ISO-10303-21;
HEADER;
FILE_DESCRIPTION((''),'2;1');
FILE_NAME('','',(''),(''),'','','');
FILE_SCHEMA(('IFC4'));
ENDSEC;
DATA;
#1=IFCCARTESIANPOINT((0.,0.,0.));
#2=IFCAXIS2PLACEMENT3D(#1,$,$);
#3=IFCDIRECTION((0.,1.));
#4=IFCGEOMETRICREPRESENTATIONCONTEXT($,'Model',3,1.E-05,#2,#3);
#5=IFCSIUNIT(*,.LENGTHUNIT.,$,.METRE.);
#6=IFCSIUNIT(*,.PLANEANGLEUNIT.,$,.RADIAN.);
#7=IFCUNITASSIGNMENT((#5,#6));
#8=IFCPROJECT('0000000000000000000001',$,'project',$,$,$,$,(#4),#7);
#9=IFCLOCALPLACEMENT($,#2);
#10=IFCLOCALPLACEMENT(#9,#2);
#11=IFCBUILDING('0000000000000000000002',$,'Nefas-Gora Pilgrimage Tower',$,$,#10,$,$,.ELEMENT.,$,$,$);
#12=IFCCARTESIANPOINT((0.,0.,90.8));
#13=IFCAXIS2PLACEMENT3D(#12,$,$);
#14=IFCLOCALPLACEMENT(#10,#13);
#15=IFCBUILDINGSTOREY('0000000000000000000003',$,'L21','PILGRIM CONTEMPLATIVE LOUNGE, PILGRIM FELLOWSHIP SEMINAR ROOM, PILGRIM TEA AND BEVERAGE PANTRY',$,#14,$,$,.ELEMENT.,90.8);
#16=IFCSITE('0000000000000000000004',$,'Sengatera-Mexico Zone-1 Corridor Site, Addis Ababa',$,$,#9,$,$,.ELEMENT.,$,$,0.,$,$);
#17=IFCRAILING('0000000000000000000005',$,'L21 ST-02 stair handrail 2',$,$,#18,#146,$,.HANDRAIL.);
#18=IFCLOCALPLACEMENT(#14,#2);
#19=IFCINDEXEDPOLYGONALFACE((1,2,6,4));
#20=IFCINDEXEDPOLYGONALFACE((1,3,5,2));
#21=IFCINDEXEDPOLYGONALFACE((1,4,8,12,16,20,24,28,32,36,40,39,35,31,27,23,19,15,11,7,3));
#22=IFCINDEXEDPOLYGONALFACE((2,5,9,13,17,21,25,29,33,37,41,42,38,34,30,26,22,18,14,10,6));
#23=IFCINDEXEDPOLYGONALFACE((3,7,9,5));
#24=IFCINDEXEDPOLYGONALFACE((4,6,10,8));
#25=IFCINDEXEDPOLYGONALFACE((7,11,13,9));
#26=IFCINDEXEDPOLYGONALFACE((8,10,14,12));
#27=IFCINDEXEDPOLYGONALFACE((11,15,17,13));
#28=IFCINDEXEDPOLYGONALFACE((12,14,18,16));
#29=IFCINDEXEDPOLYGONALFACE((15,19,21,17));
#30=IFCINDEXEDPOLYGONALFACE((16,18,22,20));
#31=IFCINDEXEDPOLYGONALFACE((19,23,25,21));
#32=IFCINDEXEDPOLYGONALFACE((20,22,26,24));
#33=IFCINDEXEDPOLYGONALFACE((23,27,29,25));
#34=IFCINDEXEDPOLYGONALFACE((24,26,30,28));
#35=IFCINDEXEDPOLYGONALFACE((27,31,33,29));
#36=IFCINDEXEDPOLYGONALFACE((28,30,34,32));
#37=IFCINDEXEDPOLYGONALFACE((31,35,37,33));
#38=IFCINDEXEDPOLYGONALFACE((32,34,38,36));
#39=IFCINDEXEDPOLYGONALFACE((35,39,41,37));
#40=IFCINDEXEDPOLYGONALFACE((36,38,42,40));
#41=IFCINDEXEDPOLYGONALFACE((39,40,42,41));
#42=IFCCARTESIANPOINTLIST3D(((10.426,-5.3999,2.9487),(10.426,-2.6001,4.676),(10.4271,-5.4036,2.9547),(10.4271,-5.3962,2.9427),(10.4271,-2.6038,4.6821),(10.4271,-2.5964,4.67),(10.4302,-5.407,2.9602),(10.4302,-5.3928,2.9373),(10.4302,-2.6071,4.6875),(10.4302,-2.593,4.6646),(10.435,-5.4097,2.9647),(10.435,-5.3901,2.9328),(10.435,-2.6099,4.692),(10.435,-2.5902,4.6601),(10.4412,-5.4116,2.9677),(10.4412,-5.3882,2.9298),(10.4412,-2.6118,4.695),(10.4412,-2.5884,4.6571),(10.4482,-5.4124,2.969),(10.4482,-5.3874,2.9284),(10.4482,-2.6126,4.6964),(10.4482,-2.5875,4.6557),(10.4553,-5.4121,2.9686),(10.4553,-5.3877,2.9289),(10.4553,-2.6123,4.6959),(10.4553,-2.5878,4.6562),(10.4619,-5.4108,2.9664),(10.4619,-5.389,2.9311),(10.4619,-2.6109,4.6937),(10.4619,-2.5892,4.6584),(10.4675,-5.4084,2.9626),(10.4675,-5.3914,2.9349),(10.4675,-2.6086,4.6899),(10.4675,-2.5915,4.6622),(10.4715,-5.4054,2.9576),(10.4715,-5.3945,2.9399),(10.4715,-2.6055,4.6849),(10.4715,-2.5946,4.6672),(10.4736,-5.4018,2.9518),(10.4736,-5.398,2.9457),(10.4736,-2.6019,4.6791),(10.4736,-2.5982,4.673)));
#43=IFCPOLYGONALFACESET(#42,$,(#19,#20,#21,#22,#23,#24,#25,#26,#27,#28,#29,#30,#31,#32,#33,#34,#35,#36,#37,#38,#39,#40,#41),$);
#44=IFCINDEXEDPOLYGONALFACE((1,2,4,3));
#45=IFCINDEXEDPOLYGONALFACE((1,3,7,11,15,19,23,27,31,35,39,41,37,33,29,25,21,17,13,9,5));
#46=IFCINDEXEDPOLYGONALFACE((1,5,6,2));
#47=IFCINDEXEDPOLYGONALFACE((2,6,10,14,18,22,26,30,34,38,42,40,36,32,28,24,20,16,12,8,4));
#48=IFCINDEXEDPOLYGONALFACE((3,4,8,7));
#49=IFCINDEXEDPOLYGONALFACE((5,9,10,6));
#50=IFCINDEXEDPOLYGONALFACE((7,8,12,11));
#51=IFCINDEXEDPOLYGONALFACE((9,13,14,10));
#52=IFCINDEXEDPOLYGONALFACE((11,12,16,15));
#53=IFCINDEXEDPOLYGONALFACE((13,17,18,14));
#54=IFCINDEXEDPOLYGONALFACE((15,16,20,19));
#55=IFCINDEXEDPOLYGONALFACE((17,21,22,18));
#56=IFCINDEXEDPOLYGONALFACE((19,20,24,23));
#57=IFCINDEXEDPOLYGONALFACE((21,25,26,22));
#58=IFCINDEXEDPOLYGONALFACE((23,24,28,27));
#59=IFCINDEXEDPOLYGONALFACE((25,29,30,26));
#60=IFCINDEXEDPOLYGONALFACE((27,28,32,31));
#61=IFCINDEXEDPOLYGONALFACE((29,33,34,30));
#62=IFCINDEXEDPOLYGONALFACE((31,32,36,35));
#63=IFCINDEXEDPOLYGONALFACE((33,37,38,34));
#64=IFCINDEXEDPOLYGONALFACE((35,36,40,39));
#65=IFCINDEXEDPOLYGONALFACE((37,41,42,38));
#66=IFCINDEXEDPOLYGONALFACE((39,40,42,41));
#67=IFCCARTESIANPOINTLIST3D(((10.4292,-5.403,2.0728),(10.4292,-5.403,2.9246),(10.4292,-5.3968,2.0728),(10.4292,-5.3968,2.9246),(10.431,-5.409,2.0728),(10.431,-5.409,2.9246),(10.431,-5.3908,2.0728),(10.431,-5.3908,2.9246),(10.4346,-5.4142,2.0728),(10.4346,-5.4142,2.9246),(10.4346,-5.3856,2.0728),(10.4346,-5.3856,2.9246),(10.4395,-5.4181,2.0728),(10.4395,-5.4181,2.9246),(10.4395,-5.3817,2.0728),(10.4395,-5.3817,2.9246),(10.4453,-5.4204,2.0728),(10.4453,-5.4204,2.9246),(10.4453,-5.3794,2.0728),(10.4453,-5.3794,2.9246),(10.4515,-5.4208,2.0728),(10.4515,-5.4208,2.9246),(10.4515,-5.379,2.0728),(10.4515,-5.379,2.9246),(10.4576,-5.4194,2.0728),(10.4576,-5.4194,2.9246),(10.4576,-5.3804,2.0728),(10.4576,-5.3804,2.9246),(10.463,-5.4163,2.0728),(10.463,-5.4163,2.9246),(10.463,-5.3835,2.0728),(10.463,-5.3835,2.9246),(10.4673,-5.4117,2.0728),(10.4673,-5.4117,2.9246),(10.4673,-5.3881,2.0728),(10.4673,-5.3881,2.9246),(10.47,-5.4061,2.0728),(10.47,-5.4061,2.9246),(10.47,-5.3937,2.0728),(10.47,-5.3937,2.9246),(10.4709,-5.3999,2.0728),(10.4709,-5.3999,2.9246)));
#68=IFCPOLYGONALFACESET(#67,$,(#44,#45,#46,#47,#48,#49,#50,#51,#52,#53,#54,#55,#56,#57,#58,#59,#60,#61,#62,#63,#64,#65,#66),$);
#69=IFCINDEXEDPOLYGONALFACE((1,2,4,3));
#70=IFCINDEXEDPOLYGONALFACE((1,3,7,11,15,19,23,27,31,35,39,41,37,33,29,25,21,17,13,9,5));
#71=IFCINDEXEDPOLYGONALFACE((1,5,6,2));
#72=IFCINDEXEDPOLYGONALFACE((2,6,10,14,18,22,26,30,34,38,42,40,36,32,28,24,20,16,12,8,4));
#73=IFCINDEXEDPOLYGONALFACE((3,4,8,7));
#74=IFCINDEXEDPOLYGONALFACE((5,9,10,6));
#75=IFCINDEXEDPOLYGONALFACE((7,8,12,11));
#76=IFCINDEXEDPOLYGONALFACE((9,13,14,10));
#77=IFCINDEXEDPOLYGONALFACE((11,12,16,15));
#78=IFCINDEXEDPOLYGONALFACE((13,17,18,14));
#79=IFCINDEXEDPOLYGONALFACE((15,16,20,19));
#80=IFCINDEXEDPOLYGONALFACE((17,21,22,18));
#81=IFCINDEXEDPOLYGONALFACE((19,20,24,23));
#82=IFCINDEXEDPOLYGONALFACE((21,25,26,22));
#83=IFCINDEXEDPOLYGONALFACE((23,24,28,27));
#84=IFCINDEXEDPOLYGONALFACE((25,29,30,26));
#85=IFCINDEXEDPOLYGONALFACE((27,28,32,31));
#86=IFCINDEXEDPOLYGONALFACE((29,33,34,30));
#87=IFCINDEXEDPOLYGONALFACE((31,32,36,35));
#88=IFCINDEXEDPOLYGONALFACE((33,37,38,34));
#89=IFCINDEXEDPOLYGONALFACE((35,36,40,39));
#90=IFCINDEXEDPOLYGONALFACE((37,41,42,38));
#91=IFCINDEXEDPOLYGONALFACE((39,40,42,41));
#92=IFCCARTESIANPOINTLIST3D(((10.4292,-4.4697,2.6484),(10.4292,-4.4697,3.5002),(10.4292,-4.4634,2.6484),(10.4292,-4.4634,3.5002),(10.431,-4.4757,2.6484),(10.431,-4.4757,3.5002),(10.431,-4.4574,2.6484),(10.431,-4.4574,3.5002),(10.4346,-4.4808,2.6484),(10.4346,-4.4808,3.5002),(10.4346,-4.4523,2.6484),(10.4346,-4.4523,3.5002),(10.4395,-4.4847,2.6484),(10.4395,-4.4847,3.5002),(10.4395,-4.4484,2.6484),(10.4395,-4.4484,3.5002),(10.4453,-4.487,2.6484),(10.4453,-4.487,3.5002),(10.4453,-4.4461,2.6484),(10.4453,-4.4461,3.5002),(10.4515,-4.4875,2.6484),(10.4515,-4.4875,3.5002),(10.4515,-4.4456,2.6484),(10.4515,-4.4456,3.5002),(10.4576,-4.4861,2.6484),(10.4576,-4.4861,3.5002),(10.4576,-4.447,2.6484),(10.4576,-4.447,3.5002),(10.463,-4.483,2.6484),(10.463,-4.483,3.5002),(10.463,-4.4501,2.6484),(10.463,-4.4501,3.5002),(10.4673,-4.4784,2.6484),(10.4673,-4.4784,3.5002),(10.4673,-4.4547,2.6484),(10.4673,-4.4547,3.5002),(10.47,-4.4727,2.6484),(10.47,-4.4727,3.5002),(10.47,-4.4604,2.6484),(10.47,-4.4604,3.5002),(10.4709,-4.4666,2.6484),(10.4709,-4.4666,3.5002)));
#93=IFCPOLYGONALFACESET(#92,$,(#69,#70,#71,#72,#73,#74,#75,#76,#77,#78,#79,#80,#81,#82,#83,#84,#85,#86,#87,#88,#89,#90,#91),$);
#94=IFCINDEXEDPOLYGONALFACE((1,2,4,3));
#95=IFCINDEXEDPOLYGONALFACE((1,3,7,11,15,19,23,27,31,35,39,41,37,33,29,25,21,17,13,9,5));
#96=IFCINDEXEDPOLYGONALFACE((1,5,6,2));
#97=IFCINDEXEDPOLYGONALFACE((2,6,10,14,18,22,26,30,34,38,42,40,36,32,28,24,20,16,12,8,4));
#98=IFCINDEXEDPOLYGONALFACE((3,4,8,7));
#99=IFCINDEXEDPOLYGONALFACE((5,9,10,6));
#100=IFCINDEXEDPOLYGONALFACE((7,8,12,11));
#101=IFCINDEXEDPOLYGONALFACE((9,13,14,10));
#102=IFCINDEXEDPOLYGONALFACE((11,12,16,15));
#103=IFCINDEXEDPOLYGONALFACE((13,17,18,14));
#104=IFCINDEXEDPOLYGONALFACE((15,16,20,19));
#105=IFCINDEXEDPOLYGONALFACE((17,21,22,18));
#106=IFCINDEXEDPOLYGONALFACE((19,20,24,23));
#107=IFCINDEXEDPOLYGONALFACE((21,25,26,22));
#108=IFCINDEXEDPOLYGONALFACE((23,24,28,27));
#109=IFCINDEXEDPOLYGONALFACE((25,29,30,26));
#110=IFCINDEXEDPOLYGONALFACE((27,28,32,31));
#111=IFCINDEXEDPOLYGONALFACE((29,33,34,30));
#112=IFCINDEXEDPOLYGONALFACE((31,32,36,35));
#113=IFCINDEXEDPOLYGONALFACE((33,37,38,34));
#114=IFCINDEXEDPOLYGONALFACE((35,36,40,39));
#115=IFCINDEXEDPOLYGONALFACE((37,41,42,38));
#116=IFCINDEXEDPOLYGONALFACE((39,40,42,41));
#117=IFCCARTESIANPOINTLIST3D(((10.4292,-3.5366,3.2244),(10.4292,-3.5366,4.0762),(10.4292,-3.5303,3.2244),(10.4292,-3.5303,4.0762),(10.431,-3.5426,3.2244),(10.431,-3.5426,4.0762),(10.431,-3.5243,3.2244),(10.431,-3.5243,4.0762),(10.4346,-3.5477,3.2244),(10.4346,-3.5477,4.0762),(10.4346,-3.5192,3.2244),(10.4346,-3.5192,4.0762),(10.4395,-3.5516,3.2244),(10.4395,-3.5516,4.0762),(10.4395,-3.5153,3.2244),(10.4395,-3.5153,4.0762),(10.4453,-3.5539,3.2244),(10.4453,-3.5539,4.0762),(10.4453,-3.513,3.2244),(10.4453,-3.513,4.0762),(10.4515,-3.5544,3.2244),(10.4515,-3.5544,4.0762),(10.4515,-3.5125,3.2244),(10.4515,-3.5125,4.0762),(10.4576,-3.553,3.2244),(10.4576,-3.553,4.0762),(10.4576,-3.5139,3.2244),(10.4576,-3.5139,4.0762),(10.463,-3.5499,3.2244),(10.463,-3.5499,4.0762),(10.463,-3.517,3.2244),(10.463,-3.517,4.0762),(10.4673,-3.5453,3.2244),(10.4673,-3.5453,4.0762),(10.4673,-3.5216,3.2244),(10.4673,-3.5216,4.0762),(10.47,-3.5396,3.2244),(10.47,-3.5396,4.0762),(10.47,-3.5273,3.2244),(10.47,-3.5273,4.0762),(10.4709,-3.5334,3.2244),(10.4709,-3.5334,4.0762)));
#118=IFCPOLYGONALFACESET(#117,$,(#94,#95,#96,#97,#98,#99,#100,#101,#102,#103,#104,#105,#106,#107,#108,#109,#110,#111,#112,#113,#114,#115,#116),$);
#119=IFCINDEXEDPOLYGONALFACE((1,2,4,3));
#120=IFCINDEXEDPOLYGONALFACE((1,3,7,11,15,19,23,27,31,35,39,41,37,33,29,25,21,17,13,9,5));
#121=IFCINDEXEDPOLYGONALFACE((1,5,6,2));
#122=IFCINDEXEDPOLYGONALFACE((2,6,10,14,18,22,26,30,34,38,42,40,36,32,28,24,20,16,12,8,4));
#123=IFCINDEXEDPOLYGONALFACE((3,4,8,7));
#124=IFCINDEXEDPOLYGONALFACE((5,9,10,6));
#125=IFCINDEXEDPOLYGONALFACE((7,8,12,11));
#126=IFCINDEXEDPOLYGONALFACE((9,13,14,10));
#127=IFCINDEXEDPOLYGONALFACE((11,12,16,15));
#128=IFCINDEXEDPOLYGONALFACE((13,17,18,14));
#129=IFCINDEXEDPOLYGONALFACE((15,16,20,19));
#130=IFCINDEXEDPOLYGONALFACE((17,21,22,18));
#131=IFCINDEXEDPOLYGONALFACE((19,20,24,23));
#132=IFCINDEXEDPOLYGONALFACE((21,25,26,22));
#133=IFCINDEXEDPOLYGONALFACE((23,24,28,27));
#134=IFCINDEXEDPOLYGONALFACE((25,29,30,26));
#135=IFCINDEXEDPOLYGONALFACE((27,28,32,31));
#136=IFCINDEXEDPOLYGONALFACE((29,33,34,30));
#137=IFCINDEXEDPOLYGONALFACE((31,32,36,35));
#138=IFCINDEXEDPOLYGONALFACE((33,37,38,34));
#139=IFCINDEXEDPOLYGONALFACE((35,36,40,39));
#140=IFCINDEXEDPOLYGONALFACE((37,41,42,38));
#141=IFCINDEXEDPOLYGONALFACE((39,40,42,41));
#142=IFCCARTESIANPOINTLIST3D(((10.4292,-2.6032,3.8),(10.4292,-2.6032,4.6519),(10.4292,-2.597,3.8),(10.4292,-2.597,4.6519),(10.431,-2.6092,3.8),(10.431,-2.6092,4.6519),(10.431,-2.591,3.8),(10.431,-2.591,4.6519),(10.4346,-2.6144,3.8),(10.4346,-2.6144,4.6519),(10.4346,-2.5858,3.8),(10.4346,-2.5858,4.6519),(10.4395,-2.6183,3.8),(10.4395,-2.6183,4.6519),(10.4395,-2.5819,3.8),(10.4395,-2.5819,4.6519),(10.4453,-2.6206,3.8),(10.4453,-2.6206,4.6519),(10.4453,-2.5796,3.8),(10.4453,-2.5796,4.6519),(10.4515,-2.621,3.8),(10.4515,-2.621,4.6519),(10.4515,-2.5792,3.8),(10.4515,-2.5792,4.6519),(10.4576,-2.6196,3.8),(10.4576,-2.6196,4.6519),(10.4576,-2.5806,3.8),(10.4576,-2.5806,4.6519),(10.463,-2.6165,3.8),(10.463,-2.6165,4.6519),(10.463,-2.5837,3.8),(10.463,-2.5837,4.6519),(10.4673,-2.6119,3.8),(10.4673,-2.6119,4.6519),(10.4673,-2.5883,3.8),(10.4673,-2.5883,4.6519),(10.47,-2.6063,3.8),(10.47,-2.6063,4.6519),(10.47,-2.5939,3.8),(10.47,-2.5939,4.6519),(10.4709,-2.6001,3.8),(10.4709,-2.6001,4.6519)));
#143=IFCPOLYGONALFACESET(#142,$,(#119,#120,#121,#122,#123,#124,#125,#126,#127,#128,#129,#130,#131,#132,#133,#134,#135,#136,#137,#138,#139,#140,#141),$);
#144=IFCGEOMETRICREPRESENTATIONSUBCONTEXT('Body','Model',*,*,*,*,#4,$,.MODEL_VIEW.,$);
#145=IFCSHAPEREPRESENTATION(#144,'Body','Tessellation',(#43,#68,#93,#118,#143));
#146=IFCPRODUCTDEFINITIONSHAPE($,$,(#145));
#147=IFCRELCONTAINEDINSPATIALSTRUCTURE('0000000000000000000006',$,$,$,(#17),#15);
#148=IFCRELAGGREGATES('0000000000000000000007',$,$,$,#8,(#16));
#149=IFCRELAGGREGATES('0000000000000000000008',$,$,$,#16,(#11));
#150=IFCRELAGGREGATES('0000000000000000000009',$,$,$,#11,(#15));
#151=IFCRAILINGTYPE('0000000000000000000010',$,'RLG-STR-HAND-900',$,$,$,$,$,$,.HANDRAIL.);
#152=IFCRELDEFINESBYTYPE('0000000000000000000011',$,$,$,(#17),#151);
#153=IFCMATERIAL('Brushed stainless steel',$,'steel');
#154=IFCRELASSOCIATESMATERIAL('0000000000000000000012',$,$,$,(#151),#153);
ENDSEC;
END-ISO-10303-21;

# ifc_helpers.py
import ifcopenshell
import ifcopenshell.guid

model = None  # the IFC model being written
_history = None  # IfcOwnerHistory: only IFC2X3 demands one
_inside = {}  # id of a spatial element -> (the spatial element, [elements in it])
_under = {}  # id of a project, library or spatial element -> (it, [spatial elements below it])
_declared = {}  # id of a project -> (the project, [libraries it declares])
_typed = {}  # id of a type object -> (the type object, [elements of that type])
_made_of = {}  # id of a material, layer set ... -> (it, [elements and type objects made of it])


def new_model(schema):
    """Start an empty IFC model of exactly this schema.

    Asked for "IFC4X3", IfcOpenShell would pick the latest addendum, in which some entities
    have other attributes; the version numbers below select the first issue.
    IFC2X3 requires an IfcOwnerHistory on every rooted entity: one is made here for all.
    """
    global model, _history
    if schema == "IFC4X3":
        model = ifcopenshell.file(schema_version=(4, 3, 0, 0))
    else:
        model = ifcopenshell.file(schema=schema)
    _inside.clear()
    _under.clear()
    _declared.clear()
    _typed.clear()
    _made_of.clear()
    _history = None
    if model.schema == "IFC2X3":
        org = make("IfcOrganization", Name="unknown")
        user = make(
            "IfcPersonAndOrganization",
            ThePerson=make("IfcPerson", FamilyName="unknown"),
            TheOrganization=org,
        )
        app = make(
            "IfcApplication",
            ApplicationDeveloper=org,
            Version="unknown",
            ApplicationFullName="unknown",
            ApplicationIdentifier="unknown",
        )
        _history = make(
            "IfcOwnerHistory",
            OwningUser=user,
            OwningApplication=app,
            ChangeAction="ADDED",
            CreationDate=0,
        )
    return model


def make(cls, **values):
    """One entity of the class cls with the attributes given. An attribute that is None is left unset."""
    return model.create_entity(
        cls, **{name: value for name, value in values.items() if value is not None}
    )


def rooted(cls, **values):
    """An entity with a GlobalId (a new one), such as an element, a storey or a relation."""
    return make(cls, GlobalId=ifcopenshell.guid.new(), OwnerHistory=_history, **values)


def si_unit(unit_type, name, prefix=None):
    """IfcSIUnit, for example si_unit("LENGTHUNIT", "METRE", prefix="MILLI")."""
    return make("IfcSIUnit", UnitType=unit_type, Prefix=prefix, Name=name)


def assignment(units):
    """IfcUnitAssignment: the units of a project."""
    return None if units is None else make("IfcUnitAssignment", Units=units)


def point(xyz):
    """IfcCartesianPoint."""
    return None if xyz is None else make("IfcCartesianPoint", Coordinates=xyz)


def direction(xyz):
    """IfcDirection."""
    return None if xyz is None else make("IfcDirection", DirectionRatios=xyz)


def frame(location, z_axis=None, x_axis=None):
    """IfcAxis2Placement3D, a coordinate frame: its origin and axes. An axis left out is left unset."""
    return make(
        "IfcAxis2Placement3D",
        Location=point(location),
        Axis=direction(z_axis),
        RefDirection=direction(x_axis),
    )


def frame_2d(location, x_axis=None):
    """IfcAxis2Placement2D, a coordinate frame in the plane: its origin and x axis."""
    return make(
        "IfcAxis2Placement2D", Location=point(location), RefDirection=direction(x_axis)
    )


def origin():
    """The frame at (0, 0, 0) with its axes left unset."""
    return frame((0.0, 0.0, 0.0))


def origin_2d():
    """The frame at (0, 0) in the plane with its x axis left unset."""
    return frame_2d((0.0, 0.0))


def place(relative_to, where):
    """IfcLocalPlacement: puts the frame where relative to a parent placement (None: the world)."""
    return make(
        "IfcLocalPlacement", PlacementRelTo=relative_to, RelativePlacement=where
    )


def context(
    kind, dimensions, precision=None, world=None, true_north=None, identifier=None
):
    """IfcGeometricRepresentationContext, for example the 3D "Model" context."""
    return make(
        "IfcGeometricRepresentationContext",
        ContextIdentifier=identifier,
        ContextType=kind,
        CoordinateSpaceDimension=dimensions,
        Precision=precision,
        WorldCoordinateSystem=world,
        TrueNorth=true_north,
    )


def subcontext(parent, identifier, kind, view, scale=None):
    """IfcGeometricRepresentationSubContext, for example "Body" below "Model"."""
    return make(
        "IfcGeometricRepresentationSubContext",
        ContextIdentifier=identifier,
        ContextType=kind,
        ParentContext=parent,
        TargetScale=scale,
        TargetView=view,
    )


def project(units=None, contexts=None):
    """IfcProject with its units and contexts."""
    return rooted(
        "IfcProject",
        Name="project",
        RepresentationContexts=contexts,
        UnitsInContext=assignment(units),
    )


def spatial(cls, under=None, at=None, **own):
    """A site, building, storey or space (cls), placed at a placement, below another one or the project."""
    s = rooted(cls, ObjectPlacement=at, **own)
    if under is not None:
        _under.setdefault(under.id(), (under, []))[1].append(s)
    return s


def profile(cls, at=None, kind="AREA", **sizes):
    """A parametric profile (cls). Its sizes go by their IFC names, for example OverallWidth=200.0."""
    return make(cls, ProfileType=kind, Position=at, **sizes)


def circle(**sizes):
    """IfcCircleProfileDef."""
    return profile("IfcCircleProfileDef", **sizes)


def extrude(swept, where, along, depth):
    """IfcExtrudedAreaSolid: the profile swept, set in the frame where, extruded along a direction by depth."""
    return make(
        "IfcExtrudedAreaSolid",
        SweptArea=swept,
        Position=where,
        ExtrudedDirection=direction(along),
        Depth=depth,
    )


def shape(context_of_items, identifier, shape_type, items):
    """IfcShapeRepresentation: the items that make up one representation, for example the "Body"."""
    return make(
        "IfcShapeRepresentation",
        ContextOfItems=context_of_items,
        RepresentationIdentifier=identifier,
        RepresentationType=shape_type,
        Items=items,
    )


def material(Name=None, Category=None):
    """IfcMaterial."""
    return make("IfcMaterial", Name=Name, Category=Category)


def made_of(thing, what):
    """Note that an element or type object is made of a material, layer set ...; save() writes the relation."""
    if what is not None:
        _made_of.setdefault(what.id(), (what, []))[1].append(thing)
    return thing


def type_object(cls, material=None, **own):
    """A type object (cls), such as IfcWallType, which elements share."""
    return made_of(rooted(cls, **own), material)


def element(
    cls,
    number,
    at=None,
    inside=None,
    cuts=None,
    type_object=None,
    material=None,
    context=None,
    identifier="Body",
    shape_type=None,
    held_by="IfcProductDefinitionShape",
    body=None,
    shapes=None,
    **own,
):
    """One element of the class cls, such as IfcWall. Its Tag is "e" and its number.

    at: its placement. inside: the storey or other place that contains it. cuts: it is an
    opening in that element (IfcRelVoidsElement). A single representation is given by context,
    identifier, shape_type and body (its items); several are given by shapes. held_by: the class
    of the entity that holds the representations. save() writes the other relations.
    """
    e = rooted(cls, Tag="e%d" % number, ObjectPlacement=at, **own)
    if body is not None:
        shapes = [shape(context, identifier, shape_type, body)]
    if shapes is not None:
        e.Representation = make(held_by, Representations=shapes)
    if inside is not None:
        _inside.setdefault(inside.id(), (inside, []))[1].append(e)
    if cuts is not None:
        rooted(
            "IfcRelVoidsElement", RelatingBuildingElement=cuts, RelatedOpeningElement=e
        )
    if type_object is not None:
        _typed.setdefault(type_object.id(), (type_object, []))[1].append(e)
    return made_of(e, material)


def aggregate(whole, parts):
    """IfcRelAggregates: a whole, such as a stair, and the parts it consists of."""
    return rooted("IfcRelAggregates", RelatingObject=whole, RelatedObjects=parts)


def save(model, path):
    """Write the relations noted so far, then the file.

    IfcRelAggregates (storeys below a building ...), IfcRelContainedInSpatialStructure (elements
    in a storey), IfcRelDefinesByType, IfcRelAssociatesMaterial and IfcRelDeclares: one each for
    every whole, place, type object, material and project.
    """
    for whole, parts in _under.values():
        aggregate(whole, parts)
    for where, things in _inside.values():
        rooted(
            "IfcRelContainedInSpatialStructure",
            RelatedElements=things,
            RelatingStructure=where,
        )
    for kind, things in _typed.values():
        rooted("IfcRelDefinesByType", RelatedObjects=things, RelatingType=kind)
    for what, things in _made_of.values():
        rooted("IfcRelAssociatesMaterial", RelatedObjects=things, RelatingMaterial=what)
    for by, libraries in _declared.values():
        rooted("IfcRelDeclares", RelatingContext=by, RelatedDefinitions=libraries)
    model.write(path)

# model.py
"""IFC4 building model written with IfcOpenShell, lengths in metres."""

from ifc_helpers import new_model, si_unit, direction, frame, origin, origin_2d, place, context, subcontext, project, spatial, circle, extrude, material, type_object, element, save


model = new_model("IFC4")

# Units and contexts
model_context = context("Model", 3, precision=1e-05, world=origin(), true_north=direction((0.0, 1.0)))
body_context = subcontext(model_context, "Body", "Model", "MODEL_VIEW")
ifc_project = project(units=[si_unit("LENGTHUNIT", "METRE"), si_unit("PLANEANGLEUNIT", "RADIAN")], contexts=[model_context])

# Site, building, storey
site_placement = place(None, origin())
site = spatial("IfcSite", under=ifc_project, at=site_placement, Name="Sengatera-Mexico Zone-1 Corridor Site, Addis Ababa", CompositionType="ELEMENT", RefElevation=0.0)
building_placement = place(site_placement, origin())
building = spatial("IfcBuilding", under=site, at=building_placement, Name="Nefas-Gora Pilgrimage Tower", CompositionType="ELEMENT")
storey_placement = place(building_placement, frame((0.0, 0.0, 90.8)))
storey = spatial("IfcBuildingStorey", under=building, at=storey_placement, Name="L21", Description="PILGRIM CONTEMPLATIVE LOUNGE, PILGRIM FELLOWSHIP SEMINAR ROOM, PILGRIM TEA AND BEVERAGE PANTRY", CompositionType="ELEMENT", Elevation=90.8)

# Railing
ifc_material_1 = material(Name="Brushed stainless steel", Category="steel")
railing_type_1 = type_object("IfcRailingType", Name="RLG-STR-HAND-900", PredefinedType="HANDRAIL", material=ifc_material_1)
railing_1_placement = place(storey_placement, frame((10.45, -5.3999, 2.0728)))
element("IfcRailing", 1, at=railing_1_placement, inside=storey, type_object=railing_type_1, Name="L21 ST-02 stair handrail 2", PredefinedType="HANDRAIL", context=body_context, shape_type="SweptSolid", body=[
    extrude(circle(Radius=0.0239, at=origin_2d()), frame((0.0, 0.0, 0.876), z_axis=(0.0, 0.851069, 0.525054), x_axis=(-1.0, 0.0, 0.0)), (0.0, 0.0, 1.0), 3.2898),
    extrude(circle(Radius=0.021, at=origin_2d()), origin(), (0.0, 0.0, 1.0), 0.8518),
    extrude(circle(Radius=0.021, at=origin_2d()), frame((0.0, 0.9333, 0.5757)), (0.0, 0.0, 1.0), 0.8518),
    extrude(circle(Radius=0.021, at=origin_2d()), frame((0.0, 1.8665, 1.1516)), (0.0, 0.0, 1.0), 0.8518),
    extrude(circle(Radius=0.021, at=origin_2d()), frame((0.0, 2.7998, 1.7273)), (0.0, 0.0, 1.0), 0.8518),
])

save(model, "model.ifc")
